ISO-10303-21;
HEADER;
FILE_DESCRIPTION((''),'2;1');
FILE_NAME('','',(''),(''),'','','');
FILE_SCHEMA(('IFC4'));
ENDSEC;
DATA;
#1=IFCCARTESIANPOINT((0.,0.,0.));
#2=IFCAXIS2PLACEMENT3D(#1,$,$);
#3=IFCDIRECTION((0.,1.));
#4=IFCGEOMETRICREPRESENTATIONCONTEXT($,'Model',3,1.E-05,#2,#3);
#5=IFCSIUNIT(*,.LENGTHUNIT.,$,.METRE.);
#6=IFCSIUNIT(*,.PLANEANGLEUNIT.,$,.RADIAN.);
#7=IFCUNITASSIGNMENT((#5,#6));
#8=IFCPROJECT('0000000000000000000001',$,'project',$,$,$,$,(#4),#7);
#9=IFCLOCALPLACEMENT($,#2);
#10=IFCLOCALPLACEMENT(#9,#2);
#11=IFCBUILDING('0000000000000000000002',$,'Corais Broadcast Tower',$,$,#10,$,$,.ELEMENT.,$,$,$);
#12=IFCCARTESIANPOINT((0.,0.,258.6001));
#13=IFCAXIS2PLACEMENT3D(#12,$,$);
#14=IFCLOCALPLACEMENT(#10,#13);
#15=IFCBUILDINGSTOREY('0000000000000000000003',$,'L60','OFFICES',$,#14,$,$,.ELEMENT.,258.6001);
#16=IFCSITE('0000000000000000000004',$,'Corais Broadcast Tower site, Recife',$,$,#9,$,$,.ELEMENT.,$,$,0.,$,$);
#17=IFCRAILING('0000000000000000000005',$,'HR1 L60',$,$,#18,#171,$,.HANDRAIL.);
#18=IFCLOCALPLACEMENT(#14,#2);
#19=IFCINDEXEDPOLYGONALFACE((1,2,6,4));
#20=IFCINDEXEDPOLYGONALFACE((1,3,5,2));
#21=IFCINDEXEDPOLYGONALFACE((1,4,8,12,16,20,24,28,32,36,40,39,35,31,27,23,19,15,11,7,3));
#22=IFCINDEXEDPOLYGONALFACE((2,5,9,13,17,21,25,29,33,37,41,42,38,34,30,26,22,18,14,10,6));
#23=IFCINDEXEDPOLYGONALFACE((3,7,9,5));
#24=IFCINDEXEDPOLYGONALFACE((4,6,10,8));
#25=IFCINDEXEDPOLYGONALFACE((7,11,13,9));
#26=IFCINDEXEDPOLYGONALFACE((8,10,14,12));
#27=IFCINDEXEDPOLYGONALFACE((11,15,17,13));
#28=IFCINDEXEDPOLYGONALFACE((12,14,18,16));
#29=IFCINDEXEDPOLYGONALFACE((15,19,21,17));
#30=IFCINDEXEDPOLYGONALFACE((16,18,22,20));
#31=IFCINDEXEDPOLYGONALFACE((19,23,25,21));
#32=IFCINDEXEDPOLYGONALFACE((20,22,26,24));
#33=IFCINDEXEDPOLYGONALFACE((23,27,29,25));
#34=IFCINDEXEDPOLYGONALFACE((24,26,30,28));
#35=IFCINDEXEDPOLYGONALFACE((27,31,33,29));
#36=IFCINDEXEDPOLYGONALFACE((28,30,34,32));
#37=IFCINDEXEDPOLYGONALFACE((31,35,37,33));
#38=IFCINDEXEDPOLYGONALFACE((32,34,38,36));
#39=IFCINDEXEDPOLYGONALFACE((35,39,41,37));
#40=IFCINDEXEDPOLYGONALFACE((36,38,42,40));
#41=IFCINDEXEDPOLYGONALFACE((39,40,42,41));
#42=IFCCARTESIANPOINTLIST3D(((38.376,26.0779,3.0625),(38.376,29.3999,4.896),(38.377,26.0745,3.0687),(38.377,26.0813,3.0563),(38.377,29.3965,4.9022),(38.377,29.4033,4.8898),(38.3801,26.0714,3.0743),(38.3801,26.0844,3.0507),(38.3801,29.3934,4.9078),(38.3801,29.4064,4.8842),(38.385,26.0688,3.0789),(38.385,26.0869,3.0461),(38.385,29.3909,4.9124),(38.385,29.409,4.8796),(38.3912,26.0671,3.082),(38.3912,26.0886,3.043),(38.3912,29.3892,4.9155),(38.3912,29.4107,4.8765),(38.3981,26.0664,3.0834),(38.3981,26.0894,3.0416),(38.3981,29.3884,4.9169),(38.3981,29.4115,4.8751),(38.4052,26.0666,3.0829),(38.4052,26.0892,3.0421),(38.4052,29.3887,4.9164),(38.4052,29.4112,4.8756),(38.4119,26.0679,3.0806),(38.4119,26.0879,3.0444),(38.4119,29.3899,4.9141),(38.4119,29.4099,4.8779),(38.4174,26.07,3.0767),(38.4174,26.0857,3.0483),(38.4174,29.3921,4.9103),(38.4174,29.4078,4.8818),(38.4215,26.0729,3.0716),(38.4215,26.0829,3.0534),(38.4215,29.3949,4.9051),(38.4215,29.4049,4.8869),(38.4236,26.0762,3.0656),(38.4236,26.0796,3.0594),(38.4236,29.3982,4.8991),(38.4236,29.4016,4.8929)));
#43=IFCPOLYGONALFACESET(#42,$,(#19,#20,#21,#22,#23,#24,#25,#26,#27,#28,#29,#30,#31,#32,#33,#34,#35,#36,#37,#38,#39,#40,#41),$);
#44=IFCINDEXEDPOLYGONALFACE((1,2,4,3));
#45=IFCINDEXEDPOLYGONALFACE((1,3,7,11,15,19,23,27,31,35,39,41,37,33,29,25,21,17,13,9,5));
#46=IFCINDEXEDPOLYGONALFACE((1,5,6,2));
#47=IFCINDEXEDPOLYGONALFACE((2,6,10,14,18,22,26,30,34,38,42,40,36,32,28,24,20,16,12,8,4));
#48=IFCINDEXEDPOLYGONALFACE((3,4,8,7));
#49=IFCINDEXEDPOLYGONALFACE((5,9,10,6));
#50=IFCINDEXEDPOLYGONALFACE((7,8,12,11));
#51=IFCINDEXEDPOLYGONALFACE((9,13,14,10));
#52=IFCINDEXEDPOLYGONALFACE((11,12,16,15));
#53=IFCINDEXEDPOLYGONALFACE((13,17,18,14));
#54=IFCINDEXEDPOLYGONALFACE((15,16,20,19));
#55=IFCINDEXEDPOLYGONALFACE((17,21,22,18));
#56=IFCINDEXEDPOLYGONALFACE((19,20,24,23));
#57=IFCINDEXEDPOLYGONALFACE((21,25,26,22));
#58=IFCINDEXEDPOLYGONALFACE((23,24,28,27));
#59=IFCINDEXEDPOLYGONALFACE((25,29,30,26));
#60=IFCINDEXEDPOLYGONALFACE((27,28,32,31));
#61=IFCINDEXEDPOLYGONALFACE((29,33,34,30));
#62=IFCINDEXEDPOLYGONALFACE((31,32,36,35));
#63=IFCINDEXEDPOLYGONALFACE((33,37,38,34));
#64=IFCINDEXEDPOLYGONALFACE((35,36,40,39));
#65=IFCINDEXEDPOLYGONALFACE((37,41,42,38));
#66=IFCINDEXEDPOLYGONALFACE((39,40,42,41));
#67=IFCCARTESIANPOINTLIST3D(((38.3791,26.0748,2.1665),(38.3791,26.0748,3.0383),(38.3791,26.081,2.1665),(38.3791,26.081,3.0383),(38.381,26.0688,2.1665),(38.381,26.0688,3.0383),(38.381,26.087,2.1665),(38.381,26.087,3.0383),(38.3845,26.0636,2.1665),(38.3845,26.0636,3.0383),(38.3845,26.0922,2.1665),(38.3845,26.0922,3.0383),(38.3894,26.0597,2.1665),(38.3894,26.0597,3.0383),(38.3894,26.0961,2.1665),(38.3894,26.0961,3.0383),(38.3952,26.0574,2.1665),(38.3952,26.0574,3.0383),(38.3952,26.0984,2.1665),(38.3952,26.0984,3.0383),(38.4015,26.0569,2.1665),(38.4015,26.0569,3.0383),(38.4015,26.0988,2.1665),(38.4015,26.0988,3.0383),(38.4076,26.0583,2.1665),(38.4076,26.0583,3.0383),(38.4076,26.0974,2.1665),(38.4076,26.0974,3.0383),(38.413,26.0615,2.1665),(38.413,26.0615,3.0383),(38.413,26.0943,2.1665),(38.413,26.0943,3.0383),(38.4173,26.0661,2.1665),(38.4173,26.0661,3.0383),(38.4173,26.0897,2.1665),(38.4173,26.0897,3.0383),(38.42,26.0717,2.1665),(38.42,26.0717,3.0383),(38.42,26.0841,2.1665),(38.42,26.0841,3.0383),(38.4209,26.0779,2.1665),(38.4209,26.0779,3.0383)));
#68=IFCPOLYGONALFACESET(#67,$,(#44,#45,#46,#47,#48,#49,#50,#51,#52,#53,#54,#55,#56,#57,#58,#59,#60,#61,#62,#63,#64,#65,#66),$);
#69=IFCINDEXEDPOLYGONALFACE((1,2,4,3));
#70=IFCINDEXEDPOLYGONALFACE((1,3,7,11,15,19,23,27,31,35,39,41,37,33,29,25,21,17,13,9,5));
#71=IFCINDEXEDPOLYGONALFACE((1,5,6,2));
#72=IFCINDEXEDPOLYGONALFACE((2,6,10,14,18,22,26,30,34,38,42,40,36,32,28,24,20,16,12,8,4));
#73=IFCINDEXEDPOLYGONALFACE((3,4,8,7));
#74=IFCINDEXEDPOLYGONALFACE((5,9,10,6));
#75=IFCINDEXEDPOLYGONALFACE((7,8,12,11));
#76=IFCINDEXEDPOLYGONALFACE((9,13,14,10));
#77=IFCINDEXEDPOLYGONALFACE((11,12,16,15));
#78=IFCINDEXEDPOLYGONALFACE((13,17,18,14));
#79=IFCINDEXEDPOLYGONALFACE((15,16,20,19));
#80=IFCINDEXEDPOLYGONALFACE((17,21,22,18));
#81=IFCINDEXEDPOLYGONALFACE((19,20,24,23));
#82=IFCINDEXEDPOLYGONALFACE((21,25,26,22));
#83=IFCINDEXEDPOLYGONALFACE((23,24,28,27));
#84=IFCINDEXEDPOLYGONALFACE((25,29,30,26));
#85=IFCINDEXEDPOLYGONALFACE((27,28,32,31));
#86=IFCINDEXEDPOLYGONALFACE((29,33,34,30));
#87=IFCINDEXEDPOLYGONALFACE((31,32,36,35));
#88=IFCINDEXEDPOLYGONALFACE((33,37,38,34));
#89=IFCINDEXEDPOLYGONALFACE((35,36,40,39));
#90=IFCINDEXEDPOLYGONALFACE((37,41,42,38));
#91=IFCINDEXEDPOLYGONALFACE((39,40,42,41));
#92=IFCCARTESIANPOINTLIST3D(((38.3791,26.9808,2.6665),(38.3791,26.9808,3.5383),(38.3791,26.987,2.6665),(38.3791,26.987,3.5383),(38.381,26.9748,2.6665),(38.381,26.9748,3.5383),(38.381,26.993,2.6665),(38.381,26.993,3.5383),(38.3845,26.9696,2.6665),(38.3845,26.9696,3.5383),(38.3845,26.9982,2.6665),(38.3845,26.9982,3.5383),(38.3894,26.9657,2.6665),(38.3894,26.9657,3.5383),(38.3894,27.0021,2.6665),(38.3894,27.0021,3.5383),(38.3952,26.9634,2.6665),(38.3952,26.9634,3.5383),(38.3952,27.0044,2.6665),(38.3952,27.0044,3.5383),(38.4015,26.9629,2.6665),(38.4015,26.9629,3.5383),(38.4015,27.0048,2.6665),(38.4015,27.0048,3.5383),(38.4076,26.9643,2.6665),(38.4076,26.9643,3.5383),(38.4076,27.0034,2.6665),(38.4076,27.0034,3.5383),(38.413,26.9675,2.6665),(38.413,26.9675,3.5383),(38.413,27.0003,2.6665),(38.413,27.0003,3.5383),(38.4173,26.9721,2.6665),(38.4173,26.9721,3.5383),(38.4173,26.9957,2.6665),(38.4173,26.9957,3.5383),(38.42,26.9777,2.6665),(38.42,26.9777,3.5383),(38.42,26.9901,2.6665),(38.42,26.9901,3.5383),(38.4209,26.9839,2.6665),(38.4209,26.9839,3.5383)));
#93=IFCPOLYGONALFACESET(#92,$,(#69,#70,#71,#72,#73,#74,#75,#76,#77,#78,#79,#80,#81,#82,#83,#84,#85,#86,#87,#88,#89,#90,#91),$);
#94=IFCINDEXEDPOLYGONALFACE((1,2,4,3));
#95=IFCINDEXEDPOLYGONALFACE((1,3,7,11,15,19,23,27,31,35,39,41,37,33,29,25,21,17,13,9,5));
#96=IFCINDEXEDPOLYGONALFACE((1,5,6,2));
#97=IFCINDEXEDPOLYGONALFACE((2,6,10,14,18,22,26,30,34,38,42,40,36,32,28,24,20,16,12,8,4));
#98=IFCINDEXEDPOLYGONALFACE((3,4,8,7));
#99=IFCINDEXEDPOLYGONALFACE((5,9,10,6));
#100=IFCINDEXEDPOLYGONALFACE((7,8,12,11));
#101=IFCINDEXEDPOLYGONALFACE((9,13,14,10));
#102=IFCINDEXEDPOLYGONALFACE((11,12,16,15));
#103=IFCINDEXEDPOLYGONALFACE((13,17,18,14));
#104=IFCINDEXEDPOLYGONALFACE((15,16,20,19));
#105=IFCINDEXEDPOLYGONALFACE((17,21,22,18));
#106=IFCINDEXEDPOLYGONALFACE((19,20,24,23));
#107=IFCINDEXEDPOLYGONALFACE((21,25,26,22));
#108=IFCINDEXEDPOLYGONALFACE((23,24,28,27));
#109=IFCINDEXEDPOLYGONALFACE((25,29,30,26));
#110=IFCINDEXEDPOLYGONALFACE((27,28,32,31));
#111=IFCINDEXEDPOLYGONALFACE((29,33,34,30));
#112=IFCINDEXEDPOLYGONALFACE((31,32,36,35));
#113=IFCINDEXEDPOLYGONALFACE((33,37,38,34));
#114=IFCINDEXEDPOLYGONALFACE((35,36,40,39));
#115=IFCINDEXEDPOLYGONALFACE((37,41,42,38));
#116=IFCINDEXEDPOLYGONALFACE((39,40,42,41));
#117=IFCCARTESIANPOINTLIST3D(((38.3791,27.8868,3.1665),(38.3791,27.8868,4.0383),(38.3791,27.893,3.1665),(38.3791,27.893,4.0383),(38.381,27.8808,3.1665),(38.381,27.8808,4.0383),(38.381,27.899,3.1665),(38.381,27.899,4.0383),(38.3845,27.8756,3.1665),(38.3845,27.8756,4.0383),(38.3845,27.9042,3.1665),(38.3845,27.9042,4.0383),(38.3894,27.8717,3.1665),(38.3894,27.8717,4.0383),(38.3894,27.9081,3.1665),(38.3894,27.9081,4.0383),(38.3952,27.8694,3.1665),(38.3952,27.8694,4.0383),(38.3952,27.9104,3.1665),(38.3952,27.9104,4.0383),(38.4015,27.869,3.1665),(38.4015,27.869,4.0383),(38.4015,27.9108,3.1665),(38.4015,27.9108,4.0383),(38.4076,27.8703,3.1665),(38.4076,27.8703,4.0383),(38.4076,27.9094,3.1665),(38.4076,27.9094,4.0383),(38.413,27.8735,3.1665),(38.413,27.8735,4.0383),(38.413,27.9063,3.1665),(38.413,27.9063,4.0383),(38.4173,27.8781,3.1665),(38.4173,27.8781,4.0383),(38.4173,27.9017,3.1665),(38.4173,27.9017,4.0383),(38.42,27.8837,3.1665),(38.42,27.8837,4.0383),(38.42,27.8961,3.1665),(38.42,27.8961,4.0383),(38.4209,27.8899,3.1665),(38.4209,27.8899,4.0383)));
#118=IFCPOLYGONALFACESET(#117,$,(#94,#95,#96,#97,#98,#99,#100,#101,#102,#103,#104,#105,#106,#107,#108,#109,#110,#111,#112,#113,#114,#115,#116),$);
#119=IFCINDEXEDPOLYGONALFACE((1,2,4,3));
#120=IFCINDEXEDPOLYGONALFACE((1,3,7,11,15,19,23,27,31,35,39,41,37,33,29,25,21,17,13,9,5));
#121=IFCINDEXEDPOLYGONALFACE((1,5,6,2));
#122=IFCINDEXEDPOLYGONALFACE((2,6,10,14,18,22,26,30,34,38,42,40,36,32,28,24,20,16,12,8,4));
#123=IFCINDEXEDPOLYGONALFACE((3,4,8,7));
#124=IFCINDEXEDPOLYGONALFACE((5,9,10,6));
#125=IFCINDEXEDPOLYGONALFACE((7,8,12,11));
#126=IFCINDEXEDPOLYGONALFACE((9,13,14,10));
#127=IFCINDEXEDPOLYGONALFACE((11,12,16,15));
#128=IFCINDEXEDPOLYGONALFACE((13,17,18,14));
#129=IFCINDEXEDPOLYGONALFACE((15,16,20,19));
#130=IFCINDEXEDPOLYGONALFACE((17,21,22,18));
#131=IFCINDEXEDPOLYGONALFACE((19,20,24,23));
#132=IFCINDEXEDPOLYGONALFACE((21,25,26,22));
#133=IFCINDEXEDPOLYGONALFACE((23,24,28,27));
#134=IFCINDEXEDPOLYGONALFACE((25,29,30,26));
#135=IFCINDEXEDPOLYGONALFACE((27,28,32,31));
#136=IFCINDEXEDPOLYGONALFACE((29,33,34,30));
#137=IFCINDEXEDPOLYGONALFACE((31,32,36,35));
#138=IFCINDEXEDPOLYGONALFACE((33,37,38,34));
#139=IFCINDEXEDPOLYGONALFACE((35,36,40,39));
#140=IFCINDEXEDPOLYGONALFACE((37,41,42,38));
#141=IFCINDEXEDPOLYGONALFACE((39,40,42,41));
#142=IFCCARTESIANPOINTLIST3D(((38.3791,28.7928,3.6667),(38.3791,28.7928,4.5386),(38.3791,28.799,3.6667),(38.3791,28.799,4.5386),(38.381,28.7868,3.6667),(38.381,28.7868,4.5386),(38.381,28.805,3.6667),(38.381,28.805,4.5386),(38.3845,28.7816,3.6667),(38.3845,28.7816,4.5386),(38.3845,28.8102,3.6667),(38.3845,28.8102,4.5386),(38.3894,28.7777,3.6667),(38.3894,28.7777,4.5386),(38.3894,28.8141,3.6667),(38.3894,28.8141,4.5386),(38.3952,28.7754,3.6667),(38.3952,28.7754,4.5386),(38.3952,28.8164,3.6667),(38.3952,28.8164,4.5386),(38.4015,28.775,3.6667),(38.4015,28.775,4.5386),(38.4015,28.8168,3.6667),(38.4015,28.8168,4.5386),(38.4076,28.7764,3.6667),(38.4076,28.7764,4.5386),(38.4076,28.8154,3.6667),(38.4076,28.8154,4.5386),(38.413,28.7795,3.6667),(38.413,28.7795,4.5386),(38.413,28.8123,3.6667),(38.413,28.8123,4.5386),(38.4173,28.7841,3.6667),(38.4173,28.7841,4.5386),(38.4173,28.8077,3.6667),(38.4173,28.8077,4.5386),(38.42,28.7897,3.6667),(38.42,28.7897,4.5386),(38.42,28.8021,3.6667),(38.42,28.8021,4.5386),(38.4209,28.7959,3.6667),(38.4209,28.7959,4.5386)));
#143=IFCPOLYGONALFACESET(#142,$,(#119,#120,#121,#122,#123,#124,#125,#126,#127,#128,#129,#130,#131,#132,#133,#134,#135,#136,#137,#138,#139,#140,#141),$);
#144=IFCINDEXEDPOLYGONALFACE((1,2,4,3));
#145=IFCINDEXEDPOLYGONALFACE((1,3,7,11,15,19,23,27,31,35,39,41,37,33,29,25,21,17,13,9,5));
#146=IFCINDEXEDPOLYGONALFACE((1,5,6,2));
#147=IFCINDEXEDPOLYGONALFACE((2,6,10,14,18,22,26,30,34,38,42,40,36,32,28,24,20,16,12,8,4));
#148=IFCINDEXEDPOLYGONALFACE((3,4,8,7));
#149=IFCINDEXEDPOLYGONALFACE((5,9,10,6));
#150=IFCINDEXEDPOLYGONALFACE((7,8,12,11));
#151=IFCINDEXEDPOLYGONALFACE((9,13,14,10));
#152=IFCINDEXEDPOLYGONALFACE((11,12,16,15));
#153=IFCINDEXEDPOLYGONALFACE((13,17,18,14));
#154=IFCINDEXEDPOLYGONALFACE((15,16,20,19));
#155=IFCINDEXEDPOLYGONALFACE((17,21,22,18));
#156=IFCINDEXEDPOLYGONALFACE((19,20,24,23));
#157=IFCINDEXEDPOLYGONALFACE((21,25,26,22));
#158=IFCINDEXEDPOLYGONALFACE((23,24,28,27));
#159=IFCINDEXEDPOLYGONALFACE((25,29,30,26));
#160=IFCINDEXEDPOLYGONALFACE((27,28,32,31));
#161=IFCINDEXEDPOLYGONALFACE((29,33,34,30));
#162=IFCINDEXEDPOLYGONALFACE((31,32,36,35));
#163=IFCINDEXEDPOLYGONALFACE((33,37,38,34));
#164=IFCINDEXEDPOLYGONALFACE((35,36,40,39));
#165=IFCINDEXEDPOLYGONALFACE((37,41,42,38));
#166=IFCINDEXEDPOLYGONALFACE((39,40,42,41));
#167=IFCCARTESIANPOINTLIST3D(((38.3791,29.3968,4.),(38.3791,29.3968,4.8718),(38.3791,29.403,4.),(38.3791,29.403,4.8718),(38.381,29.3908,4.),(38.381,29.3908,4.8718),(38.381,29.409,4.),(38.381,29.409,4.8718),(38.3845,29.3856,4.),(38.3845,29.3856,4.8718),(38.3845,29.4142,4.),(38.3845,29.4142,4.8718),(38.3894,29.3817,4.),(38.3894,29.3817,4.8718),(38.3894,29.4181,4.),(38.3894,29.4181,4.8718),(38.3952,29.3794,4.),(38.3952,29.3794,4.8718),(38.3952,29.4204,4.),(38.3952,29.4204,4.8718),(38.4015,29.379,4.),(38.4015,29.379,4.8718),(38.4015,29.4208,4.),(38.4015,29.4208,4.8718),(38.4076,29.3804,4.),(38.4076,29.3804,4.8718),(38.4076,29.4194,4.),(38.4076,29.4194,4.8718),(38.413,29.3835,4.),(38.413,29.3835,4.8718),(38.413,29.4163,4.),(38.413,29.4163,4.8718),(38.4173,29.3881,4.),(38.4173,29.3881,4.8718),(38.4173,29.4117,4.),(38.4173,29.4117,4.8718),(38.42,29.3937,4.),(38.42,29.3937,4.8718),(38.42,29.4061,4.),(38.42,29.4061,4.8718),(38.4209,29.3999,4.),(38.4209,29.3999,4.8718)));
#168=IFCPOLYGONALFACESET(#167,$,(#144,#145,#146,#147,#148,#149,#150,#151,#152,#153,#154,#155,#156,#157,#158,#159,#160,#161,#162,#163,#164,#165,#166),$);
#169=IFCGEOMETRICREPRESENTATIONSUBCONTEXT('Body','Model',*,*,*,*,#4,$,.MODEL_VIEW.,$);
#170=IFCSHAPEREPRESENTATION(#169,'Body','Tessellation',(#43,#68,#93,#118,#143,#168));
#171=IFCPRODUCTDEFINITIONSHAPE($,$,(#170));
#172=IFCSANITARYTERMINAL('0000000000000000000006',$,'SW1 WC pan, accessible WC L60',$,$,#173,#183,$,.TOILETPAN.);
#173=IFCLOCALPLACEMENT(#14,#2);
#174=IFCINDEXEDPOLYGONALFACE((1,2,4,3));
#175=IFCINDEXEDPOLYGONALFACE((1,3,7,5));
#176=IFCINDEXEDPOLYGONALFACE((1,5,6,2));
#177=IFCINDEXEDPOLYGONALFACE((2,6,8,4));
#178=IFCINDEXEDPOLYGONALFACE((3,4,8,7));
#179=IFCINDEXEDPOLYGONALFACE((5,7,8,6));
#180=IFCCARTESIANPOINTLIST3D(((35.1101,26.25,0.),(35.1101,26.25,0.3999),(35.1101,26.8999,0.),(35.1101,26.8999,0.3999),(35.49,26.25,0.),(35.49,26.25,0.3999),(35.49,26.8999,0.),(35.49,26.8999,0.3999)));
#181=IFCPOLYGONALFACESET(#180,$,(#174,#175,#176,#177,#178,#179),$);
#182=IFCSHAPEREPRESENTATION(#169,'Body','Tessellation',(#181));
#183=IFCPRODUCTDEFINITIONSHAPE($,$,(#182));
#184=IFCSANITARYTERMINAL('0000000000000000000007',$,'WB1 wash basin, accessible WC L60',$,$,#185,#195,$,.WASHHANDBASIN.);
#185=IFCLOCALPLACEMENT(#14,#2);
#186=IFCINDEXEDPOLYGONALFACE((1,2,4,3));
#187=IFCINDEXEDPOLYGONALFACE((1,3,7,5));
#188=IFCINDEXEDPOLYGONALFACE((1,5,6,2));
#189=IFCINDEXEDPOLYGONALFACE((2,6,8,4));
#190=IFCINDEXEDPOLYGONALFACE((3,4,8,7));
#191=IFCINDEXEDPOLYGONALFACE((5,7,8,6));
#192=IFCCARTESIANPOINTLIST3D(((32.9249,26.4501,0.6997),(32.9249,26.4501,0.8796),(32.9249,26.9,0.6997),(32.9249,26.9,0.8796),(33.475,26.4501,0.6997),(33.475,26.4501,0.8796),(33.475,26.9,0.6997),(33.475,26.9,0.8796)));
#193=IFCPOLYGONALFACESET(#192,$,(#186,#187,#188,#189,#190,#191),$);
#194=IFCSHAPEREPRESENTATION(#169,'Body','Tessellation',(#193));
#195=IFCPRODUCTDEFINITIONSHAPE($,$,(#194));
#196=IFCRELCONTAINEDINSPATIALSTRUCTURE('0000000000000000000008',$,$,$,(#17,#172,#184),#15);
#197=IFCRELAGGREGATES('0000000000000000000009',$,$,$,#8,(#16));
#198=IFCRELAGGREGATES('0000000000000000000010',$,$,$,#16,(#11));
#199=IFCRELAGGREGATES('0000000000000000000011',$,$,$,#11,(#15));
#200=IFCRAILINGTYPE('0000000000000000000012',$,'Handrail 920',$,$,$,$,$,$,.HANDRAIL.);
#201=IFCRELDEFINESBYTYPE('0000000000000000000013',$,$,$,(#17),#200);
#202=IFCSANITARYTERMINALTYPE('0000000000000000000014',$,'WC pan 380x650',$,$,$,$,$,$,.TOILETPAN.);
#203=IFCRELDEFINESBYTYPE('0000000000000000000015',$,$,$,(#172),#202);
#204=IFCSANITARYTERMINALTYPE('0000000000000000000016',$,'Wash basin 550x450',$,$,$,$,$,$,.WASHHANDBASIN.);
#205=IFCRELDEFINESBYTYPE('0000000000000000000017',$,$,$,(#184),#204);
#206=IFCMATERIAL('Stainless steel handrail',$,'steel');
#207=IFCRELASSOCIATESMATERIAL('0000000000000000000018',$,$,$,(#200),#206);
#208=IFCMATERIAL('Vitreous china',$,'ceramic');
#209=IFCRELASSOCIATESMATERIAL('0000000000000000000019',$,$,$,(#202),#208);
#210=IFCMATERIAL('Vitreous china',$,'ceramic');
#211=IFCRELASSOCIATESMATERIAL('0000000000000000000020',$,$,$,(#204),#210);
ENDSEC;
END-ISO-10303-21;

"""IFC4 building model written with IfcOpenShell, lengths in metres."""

from ifc_helpers import new_model, si_unit, direction, frame, origin, origin_2d, place, context, subcontext, project, spatial, rectangle, circle, extrude, material, type_object, element, save


model = new_model("IFC4")

# Units and contexts
model_context = context("Model", 3, precision=1e-05, world=origin(), true_north=direction((0.0, 1.0)))
body_context = subcontext(model_context, "Body", "Model", "MODEL_VIEW")
ifc_project = project(units=[si_unit("LENGTHUNIT", "METRE"), si_unit("PLANEANGLEUNIT", "RADIAN")], contexts=[model_context])

# Site, building, storey
site_placement = place(None, origin())
site = spatial("IfcSite", under=ifc_project, at=site_placement, Name="Corais Broadcast Tower site, Recife", CompositionType="ELEMENT", RefElevation=0.0)
building_placement = place(site_placement, origin())
building = spatial("IfcBuilding", under=site, at=building_placement, Name="Corais Broadcast Tower", CompositionType="ELEMENT")
storey_placement = place(building_placement, frame((0.0, 0.0, 258.6001)))
storey = spatial("IfcBuildingStorey", under=building, at=storey_placement, Name="L60", Description="OFFICES", CompositionType="ELEMENT", Elevation=258.6001)

# Railing
ifc_material_1 = material(Name="Stainless steel handrail", Category="steel")
railing_type = type_object("IfcRailingType", Name="Handrail 920", PredefinedType="HANDRAIL", material=ifc_material_1)
for number, where, name in (
    (1, (38.3999, 26.0779, 2.1665), "HR1 L60"),
):
    element("IfcRailing", number, at=place(storey_placement, frame(where)), inside=storey, type_object=railing_type, Name=name, PredefinedType="HANDRAIL", context=body_context, shape_type="SweptSolid", body=[
        extrude(circle(Radius=0.0239, at=origin_2d()), frame((0.0, 0.0, 0.896), z_axis=(0.0, 0.875504, 0.48321), x_axis=(-1.0, 0.0, 0.0)), (0.0, 0.0, 1.0), 3.7944),
        extrude(circle(Radius=0.021, at=origin_2d()), origin(), (0.0, 0.0, 1.0), 0.8718),
        extrude(circle(Radius=0.021, at=origin_2d()), frame((0.0, 0.906, 0.5)), (0.0, 0.0, 1.0), 0.8718),
        extrude(circle(Radius=0.021, at=origin_2d()), frame((0.0, 1.812, 1.0)), (0.0, 0.0, 1.0), 0.8718),
        extrude(circle(Radius=0.021, at=origin_2d()), frame((0.0, 2.718, 1.5002)), (0.0, 0.0, 1.0), 0.8718),
        extrude(circle(Radius=0.021, at=origin_2d()), frame((0.0, 3.322, 1.8335)), (0.0, 0.0, 1.0), 0.8718),
    ])

# Sanitary terminals
ifc_material_2 = material(Name="Vitreous china", Category="ceramic")
sanitary_terminal_type_1 = type_object("IfcSanitaryTerminalType", Name="WC pan 380x650", PredefinedType="TOILETPAN", material=ifc_material_2)
sanitary_terminal_1_placement = place(storey_placement, frame((35.3, 26.575, 0.0), z_axis=(0.0, 0.0, 1.0), x_axis=(1.0, 0.0, 0.0)))
element("IfcSanitaryTerminal", 2, at=sanitary_terminal_1_placement, inside=storey, type_object=sanitary_terminal_type_1, Name="SW1 WC pan, accessible WC L60", PredefinedType="TOILETPAN", context=body_context, shape_type="SweptSolid", body=[
    extrude(rectangle(XDim=0.3799, YDim=0.6499, at=origin_2d()), origin(), (0.0, 0.0, 1.0), 0.3999),
])
ifc_material_3 = material(Name="Vitreous china", Category="ceramic")
sanitary_terminal_type_2 = type_object("IfcSanitaryTerminalType", Name="Wash basin 550x450", PredefinedType="WASHHANDBASIN", material=ifc_material_3)
sanitary_terminal_2_placement = place(storey_placement, frame((33.2, 26.675, 0.6997), z_axis=(0.0, 0.0, 1.0), x_axis=(1.0, 0.0, 0.0)))
element("IfcSanitaryTerminal", 3, at=sanitary_terminal_2_placement, inside=storey, type_object=sanitary_terminal_type_2, Name="WB1 wash basin, accessible WC L60", PredefinedType="WASHHANDBASIN", context=body_context, shape_type="SweptSolid", body=[
    extrude(rectangle(XDim=0.55, YDim=0.45, at=origin_2d()), origin(), (0.0, 0.0, 1.0), 0.1799),
])

save(model, "model.ifc")
